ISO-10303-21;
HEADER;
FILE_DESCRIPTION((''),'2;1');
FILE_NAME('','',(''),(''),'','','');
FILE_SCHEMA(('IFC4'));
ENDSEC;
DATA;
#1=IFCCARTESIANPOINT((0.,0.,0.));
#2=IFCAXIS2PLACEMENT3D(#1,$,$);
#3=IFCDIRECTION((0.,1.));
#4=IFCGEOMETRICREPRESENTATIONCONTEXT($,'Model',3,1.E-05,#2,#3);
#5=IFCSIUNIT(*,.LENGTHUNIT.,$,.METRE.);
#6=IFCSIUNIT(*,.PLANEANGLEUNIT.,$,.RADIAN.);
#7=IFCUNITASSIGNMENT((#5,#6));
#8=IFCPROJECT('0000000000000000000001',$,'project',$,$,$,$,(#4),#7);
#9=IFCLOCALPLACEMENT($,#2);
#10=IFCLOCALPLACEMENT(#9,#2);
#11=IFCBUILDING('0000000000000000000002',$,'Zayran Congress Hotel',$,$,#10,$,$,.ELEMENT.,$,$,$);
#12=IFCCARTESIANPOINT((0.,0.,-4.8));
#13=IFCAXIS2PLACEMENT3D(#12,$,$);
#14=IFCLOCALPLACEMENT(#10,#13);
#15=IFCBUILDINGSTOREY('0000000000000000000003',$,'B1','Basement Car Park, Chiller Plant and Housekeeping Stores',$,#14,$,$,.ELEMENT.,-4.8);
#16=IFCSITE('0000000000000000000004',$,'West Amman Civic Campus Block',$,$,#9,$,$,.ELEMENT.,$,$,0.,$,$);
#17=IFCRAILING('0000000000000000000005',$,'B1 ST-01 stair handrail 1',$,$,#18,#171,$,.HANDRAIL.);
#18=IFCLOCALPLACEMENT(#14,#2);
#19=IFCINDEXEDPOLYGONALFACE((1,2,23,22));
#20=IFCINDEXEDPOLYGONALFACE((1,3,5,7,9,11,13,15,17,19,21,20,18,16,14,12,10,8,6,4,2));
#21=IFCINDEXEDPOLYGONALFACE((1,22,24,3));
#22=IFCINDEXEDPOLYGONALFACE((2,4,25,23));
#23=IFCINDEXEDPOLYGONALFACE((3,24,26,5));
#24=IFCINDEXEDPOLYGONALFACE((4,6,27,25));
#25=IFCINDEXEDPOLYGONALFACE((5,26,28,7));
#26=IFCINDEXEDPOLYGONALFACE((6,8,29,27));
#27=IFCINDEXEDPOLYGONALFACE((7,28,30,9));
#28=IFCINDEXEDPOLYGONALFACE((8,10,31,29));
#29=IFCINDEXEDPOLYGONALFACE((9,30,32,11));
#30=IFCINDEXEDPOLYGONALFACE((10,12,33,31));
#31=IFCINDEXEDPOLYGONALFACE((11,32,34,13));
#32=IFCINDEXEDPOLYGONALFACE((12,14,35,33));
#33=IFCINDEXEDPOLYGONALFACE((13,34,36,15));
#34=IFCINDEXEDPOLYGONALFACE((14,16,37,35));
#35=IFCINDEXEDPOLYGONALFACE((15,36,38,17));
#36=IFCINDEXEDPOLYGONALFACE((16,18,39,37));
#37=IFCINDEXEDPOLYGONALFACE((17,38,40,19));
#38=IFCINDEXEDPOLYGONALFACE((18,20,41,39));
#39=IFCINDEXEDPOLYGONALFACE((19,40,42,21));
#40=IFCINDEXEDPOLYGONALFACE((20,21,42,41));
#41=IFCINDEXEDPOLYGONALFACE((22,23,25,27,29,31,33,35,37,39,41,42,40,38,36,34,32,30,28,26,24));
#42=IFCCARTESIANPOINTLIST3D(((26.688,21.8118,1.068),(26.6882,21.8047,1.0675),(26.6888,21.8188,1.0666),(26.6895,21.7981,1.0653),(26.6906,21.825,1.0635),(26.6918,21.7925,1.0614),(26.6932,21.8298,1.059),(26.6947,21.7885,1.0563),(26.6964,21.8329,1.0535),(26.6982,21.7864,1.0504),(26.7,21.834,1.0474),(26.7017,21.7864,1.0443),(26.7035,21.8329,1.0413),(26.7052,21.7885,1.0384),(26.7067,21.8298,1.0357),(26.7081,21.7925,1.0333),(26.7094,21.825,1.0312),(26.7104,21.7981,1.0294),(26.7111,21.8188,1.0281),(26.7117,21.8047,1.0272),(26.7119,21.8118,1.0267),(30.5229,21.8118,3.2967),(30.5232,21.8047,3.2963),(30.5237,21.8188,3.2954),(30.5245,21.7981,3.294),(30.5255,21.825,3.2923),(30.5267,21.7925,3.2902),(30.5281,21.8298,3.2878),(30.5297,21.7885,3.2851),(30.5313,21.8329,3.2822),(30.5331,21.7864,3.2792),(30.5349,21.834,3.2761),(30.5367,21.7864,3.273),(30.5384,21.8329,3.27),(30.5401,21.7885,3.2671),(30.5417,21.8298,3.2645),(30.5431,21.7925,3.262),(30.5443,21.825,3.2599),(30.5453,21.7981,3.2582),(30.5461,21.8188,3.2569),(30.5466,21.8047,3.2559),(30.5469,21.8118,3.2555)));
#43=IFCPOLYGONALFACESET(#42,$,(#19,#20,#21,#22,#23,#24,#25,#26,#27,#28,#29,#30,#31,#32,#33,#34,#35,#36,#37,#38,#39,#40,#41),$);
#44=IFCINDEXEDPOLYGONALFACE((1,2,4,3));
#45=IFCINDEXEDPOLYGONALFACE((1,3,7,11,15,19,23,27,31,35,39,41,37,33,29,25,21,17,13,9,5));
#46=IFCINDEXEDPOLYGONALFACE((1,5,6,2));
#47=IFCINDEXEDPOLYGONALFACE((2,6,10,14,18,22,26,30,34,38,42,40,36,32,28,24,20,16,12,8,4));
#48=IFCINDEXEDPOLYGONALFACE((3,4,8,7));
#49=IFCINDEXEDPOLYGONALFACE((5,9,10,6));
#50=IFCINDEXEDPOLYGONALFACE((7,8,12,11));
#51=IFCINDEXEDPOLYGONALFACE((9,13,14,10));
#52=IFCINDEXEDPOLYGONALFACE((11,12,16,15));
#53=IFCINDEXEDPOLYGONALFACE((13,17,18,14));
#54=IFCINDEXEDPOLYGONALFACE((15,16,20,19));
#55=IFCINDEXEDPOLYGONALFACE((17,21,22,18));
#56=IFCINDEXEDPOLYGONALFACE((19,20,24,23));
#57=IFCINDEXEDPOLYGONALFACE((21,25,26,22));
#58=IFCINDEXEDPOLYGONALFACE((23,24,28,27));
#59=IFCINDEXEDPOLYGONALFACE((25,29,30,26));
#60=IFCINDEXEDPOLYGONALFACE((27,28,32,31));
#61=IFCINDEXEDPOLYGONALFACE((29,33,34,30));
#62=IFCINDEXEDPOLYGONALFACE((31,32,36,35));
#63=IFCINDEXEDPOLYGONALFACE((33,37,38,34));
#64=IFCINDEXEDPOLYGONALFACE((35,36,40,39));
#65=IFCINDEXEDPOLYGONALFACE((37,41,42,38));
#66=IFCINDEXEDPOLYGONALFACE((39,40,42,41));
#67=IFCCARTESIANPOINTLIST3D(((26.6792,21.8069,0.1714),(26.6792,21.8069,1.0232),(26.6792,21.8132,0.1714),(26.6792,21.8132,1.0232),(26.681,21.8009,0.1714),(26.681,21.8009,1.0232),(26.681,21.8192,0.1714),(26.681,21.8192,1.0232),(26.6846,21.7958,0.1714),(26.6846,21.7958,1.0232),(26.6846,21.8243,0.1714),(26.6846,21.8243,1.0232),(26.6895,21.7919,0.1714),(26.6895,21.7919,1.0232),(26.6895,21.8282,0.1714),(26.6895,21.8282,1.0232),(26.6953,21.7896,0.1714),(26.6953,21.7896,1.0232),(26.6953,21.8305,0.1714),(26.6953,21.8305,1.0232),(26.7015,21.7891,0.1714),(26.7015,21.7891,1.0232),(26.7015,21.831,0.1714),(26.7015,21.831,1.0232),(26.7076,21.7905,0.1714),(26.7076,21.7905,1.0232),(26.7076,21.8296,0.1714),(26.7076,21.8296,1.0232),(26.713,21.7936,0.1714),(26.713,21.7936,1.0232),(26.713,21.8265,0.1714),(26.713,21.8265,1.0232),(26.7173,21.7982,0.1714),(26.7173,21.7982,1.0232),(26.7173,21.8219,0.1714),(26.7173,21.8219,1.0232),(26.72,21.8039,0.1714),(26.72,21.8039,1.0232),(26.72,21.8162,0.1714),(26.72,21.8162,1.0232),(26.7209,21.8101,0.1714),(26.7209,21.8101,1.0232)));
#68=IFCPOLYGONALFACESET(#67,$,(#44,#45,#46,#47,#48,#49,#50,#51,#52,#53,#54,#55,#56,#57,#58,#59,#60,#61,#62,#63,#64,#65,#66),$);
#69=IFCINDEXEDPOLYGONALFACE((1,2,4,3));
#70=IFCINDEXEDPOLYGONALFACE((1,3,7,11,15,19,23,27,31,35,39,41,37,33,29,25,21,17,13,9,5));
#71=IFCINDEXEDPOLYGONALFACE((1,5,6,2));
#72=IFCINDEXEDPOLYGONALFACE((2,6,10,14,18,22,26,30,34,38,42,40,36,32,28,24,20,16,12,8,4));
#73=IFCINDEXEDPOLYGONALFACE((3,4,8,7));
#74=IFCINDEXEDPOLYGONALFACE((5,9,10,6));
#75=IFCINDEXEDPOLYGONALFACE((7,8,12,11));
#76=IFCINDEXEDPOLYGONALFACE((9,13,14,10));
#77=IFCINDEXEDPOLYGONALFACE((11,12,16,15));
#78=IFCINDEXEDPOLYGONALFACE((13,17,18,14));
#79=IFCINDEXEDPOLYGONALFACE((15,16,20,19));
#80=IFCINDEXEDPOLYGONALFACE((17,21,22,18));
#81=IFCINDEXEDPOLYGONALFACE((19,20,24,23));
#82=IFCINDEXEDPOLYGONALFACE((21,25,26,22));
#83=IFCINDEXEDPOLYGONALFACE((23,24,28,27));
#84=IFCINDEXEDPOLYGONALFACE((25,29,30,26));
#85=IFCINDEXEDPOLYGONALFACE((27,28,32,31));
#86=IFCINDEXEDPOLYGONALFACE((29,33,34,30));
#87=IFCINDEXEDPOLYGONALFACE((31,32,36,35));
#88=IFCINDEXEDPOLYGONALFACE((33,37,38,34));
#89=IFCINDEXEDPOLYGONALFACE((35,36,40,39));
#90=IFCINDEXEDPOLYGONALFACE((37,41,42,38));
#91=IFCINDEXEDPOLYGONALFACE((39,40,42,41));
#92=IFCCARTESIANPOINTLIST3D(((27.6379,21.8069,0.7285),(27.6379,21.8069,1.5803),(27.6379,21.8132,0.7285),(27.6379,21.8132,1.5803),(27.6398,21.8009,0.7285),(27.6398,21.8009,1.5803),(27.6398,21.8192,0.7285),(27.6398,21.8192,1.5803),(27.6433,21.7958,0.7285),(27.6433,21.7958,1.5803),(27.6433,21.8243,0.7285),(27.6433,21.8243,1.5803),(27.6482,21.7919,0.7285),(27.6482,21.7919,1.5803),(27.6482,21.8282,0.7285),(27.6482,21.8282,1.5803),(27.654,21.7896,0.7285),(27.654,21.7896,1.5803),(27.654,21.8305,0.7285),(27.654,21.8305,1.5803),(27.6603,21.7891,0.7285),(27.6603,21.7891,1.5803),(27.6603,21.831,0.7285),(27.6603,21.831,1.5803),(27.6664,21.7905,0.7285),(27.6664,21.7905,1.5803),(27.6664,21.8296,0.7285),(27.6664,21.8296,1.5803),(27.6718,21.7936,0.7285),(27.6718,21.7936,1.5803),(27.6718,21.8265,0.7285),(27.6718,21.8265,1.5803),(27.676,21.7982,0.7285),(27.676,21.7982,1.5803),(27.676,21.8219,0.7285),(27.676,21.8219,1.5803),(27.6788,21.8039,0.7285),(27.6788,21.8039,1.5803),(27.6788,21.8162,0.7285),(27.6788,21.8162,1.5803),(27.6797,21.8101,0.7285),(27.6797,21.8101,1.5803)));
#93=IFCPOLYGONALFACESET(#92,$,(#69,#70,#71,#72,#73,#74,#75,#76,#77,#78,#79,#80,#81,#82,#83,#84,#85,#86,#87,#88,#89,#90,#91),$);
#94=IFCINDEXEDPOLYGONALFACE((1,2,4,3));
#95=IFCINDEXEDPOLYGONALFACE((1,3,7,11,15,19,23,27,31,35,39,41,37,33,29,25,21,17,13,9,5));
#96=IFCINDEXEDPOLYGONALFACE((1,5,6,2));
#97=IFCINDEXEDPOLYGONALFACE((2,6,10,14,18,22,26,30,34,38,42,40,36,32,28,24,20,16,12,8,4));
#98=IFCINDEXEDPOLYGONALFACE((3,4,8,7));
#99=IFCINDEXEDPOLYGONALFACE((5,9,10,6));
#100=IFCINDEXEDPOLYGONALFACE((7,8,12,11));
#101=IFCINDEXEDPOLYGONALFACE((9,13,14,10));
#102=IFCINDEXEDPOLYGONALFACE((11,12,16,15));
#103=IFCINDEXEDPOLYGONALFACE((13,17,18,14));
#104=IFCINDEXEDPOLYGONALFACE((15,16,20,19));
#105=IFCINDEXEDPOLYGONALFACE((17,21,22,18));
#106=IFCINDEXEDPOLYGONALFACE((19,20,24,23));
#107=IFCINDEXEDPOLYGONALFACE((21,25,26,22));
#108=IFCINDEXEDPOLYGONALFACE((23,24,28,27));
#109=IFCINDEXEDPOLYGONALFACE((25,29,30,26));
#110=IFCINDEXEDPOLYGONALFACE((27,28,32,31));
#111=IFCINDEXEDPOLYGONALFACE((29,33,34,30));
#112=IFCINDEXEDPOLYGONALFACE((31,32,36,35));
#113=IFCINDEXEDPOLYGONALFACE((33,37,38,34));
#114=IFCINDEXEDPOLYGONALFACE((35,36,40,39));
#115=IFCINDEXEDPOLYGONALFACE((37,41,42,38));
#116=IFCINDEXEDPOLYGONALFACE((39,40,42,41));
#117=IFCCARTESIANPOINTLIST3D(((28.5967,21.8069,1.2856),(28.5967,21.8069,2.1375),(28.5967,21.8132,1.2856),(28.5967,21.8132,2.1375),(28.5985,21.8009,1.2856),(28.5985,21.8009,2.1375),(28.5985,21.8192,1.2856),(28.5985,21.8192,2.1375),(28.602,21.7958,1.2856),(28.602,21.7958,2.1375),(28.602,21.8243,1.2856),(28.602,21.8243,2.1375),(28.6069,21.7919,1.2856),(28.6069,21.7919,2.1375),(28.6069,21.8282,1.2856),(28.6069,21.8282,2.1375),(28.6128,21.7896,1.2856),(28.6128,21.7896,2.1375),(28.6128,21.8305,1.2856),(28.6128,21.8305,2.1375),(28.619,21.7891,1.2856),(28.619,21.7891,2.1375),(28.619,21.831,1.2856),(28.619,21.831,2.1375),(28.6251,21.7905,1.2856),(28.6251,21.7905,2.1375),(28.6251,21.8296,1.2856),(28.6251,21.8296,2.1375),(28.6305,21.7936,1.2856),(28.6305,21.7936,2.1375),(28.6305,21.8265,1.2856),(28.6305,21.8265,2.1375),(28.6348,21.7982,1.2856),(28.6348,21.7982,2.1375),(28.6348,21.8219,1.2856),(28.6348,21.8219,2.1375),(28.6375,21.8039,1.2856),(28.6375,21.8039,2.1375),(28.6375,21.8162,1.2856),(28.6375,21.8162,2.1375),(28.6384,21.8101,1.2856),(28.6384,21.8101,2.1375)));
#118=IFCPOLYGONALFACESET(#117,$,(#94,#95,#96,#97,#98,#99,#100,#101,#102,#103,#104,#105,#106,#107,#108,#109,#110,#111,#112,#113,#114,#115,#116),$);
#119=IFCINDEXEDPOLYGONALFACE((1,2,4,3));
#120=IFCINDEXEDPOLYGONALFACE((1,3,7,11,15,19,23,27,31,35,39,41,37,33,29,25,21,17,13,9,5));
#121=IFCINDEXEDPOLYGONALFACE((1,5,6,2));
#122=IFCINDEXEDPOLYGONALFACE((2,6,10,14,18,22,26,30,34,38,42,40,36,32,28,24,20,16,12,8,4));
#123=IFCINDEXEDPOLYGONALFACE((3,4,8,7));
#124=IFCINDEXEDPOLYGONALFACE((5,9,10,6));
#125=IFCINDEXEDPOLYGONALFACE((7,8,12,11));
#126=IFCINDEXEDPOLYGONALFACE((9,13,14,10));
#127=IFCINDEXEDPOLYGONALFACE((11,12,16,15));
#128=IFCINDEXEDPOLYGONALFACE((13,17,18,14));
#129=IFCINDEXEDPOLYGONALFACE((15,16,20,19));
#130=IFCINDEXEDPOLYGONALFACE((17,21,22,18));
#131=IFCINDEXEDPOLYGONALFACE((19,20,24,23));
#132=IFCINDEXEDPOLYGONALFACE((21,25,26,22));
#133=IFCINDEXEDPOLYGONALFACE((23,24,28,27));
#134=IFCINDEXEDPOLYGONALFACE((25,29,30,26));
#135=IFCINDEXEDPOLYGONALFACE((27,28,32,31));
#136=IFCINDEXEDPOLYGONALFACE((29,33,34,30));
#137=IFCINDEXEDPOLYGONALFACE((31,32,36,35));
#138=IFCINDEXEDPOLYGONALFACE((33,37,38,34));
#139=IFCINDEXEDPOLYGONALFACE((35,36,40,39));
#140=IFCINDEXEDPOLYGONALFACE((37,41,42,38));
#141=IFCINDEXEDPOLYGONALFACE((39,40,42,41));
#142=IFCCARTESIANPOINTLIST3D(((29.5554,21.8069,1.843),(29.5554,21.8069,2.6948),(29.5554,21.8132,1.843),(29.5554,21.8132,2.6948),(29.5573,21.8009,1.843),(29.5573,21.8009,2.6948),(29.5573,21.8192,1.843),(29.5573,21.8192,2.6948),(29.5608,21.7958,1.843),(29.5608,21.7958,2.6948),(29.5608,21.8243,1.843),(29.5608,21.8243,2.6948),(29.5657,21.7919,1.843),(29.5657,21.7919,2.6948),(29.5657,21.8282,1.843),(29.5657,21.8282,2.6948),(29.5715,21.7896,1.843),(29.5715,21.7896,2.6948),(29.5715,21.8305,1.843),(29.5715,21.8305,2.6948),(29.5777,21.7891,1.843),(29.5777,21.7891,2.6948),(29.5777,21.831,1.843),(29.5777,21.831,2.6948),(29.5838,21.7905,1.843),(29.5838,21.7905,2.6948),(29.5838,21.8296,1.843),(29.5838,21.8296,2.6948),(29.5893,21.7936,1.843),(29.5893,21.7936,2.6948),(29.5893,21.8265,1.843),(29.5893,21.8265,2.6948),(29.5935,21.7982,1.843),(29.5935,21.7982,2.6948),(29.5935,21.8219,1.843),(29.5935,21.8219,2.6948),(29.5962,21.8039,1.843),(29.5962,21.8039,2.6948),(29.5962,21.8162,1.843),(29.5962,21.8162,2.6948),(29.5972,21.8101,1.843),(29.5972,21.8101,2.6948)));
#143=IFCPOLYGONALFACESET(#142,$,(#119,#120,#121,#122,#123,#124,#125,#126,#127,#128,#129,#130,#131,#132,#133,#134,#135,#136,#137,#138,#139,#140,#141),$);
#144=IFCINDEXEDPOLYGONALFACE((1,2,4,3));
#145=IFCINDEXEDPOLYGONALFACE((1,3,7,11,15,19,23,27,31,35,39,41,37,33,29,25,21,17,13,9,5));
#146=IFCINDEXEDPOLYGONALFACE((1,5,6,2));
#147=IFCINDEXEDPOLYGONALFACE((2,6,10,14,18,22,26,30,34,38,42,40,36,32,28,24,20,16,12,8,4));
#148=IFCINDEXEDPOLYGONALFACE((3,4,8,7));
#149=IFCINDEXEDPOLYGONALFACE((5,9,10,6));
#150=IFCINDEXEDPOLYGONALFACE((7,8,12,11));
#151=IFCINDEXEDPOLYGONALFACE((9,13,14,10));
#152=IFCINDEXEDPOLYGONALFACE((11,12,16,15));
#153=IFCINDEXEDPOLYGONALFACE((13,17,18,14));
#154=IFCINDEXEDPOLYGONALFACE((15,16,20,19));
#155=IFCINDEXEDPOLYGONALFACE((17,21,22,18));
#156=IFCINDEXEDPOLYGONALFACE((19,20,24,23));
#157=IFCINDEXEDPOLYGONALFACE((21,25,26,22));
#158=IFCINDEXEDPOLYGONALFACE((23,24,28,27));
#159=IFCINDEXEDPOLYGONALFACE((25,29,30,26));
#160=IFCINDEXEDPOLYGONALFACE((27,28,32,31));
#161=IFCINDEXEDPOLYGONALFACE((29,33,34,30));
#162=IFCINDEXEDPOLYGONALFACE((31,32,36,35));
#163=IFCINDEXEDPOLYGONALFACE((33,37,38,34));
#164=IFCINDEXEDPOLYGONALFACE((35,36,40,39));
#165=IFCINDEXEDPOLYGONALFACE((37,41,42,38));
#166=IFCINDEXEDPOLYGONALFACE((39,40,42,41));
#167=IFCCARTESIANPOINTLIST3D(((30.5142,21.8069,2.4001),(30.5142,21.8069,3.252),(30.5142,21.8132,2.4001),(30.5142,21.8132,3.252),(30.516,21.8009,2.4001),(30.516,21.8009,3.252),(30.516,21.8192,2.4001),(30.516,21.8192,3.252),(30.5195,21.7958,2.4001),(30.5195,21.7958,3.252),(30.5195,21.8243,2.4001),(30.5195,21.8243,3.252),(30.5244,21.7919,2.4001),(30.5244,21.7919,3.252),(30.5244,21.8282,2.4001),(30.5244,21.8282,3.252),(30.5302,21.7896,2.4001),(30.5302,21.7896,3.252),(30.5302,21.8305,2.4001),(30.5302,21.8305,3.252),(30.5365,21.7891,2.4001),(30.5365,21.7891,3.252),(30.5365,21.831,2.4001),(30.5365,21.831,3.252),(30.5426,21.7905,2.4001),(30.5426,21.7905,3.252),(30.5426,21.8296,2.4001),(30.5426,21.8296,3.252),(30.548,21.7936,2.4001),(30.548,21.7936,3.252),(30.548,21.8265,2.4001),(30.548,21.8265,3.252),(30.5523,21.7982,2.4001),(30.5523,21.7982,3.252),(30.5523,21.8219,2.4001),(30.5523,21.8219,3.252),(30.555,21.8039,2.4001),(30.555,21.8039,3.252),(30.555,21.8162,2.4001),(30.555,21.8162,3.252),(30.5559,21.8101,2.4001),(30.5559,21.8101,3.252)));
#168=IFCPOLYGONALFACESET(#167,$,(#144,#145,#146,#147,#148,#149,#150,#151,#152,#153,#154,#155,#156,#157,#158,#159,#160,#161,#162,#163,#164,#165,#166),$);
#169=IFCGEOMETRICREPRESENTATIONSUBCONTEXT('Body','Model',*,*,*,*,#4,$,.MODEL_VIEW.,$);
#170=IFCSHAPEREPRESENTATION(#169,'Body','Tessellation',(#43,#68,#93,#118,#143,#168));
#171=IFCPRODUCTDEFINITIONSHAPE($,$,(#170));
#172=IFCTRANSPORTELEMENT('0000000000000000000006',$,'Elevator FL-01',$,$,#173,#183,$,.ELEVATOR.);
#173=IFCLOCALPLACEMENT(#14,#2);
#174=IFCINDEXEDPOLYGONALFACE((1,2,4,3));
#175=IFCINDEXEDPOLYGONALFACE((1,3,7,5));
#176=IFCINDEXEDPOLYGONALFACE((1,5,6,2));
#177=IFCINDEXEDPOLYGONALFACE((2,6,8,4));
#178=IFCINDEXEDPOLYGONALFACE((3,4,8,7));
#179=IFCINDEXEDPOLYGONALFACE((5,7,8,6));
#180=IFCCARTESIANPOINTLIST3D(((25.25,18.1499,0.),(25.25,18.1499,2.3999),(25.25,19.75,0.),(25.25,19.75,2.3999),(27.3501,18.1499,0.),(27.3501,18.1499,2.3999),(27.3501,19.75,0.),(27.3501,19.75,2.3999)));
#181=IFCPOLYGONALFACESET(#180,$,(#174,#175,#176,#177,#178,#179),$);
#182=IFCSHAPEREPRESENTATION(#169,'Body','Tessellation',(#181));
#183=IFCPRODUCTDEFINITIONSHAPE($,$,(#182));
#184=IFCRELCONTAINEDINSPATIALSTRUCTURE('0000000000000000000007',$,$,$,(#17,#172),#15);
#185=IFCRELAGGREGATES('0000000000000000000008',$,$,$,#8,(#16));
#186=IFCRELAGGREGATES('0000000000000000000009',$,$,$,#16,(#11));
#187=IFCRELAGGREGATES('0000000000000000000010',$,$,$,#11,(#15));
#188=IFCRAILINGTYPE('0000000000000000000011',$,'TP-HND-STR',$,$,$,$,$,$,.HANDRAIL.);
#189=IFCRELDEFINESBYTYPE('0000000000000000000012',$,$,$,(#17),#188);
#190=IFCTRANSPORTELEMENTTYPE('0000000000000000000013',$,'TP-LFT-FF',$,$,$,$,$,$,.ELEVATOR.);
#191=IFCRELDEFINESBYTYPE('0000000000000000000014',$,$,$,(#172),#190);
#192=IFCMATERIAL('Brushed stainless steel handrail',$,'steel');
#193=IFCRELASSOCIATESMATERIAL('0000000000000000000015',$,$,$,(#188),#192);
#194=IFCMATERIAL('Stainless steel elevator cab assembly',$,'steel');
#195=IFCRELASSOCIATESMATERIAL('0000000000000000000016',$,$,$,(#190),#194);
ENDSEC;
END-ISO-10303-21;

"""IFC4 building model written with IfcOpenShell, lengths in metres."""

from ifc_helpers import new_model, si_unit, direction, frame, origin, origin_2d, place, context, subcontext, project, spatial, rectangle, circle, extrude, material, type_object, element, save


model = new_model("IFC4")

# Units and contexts
model_context = context("Model", 3, precision=1e-05, world=origin(), true_north=direction((0.0, 1.0)))
body_context = subcontext(model_context, "Body", "Model", "MODEL_VIEW")
ifc_project = project(units=[si_unit("LENGTHUNIT", "METRE"), si_unit("PLANEANGLEUNIT", "RADIAN")], contexts=[model_context])

# Site, building, storey
site_placement = place(None, origin())
site = spatial("IfcSite", under=ifc_project, at=site_placement, Name="West Amman Civic Campus Block", CompositionType="ELEMENT", RefElevation=0.0)
building_placement = place(site_placement, origin())
building = spatial("IfcBuilding", under=site, at=building_placement, Name="Zayran Congress Hotel", CompositionType="ELEMENT")
storey_placement = place(building_placement, frame((0.0, 0.0, -4.8)))
storey = spatial("IfcBuildingStorey", under=building, at=storey_placement, Name="B1", Description="Basement Car Park, Chiller Plant and Housekeeping Stores", CompositionType="ELEMENT", Elevation=-4.8)

# Railing
ifc_material_1 = material(Name="Brushed stainless steel handrail", Category="steel")
railing_type_1 = type_object("IfcRailingType", Name="TP-HND-STR", PredefinedType="HANDRAIL", material=ifc_material_1)
railing_1_placement = place(storey_placement, frame((26.7, 21.8101, 0.1714)))
element("IfcRailing", 1, at=railing_1_placement, inside=storey, type_object=railing_type_1, Name="B1 ST-01 stair handrail 1", PredefinedType="HANDRAIL", context=body_context, shape_type="SweptSolid", body=[
    extrude(circle(Radius=0.0239, at=origin_2d()), frame((0.0, 0.0, 0.876), z_axis=(0.864592, 0.0, 0.502474), x_axis=(0.0, 1.0, 0.0)), (0.0, 0.0, 1.0), 4.4355),
    extrude(circle(Radius=0.021, at=origin_2d()), origin(), (0.0, 0.0, 1.0), 0.8518),
    extrude(circle(Radius=0.021, at=origin_2d()), frame((0.9587, 0.0, 0.5571)), (0.0, 0.0, 1.0), 0.8518),
    extrude(circle(Radius=0.021, at=origin_2d()), frame((1.9175, 0.0, 1.1143)), (0.0, 0.0, 1.0), 0.8518),
    extrude(circle(Radius=0.021, at=origin_2d()), frame((2.8762, 0.0, 1.6716)), (0.0, 0.0, 1.0), 0.8518),
    extrude(circle(Radius=0.021, at=origin_2d()), frame((3.835, 0.0, 2.2288)), (0.0, 0.0, 1.0), 0.8518),
])

# Transport element
ifc_material_2 = material(Name="Stainless steel elevator cab assembly", Category="steel")
transport_element_type = type_object("IfcTransportElementType", Name="TP-LFT-FF", PredefinedType="ELEVATOR", material=ifc_material_2)
transport_element_placement = place(storey_placement, frame((26.3, 18.95, 0.0), z_axis=(0.0, 0.0, 1.0), x_axis=(1.0, 0.0, 0.0)))
element("IfcTransportElement", 2, at=transport_element_placement, inside=storey, type_object=transport_element_type, Name="Elevator FL-01", PredefinedType="ELEVATOR", context=body_context, shape_type="SweptSolid", body=[
    extrude(rectangle(XDim=2.1001, YDim=1.6001, at=origin_2d()), origin(), (0.0, 0.0, 1.0), 2.3999),
])

save(model, "model.ifc")
